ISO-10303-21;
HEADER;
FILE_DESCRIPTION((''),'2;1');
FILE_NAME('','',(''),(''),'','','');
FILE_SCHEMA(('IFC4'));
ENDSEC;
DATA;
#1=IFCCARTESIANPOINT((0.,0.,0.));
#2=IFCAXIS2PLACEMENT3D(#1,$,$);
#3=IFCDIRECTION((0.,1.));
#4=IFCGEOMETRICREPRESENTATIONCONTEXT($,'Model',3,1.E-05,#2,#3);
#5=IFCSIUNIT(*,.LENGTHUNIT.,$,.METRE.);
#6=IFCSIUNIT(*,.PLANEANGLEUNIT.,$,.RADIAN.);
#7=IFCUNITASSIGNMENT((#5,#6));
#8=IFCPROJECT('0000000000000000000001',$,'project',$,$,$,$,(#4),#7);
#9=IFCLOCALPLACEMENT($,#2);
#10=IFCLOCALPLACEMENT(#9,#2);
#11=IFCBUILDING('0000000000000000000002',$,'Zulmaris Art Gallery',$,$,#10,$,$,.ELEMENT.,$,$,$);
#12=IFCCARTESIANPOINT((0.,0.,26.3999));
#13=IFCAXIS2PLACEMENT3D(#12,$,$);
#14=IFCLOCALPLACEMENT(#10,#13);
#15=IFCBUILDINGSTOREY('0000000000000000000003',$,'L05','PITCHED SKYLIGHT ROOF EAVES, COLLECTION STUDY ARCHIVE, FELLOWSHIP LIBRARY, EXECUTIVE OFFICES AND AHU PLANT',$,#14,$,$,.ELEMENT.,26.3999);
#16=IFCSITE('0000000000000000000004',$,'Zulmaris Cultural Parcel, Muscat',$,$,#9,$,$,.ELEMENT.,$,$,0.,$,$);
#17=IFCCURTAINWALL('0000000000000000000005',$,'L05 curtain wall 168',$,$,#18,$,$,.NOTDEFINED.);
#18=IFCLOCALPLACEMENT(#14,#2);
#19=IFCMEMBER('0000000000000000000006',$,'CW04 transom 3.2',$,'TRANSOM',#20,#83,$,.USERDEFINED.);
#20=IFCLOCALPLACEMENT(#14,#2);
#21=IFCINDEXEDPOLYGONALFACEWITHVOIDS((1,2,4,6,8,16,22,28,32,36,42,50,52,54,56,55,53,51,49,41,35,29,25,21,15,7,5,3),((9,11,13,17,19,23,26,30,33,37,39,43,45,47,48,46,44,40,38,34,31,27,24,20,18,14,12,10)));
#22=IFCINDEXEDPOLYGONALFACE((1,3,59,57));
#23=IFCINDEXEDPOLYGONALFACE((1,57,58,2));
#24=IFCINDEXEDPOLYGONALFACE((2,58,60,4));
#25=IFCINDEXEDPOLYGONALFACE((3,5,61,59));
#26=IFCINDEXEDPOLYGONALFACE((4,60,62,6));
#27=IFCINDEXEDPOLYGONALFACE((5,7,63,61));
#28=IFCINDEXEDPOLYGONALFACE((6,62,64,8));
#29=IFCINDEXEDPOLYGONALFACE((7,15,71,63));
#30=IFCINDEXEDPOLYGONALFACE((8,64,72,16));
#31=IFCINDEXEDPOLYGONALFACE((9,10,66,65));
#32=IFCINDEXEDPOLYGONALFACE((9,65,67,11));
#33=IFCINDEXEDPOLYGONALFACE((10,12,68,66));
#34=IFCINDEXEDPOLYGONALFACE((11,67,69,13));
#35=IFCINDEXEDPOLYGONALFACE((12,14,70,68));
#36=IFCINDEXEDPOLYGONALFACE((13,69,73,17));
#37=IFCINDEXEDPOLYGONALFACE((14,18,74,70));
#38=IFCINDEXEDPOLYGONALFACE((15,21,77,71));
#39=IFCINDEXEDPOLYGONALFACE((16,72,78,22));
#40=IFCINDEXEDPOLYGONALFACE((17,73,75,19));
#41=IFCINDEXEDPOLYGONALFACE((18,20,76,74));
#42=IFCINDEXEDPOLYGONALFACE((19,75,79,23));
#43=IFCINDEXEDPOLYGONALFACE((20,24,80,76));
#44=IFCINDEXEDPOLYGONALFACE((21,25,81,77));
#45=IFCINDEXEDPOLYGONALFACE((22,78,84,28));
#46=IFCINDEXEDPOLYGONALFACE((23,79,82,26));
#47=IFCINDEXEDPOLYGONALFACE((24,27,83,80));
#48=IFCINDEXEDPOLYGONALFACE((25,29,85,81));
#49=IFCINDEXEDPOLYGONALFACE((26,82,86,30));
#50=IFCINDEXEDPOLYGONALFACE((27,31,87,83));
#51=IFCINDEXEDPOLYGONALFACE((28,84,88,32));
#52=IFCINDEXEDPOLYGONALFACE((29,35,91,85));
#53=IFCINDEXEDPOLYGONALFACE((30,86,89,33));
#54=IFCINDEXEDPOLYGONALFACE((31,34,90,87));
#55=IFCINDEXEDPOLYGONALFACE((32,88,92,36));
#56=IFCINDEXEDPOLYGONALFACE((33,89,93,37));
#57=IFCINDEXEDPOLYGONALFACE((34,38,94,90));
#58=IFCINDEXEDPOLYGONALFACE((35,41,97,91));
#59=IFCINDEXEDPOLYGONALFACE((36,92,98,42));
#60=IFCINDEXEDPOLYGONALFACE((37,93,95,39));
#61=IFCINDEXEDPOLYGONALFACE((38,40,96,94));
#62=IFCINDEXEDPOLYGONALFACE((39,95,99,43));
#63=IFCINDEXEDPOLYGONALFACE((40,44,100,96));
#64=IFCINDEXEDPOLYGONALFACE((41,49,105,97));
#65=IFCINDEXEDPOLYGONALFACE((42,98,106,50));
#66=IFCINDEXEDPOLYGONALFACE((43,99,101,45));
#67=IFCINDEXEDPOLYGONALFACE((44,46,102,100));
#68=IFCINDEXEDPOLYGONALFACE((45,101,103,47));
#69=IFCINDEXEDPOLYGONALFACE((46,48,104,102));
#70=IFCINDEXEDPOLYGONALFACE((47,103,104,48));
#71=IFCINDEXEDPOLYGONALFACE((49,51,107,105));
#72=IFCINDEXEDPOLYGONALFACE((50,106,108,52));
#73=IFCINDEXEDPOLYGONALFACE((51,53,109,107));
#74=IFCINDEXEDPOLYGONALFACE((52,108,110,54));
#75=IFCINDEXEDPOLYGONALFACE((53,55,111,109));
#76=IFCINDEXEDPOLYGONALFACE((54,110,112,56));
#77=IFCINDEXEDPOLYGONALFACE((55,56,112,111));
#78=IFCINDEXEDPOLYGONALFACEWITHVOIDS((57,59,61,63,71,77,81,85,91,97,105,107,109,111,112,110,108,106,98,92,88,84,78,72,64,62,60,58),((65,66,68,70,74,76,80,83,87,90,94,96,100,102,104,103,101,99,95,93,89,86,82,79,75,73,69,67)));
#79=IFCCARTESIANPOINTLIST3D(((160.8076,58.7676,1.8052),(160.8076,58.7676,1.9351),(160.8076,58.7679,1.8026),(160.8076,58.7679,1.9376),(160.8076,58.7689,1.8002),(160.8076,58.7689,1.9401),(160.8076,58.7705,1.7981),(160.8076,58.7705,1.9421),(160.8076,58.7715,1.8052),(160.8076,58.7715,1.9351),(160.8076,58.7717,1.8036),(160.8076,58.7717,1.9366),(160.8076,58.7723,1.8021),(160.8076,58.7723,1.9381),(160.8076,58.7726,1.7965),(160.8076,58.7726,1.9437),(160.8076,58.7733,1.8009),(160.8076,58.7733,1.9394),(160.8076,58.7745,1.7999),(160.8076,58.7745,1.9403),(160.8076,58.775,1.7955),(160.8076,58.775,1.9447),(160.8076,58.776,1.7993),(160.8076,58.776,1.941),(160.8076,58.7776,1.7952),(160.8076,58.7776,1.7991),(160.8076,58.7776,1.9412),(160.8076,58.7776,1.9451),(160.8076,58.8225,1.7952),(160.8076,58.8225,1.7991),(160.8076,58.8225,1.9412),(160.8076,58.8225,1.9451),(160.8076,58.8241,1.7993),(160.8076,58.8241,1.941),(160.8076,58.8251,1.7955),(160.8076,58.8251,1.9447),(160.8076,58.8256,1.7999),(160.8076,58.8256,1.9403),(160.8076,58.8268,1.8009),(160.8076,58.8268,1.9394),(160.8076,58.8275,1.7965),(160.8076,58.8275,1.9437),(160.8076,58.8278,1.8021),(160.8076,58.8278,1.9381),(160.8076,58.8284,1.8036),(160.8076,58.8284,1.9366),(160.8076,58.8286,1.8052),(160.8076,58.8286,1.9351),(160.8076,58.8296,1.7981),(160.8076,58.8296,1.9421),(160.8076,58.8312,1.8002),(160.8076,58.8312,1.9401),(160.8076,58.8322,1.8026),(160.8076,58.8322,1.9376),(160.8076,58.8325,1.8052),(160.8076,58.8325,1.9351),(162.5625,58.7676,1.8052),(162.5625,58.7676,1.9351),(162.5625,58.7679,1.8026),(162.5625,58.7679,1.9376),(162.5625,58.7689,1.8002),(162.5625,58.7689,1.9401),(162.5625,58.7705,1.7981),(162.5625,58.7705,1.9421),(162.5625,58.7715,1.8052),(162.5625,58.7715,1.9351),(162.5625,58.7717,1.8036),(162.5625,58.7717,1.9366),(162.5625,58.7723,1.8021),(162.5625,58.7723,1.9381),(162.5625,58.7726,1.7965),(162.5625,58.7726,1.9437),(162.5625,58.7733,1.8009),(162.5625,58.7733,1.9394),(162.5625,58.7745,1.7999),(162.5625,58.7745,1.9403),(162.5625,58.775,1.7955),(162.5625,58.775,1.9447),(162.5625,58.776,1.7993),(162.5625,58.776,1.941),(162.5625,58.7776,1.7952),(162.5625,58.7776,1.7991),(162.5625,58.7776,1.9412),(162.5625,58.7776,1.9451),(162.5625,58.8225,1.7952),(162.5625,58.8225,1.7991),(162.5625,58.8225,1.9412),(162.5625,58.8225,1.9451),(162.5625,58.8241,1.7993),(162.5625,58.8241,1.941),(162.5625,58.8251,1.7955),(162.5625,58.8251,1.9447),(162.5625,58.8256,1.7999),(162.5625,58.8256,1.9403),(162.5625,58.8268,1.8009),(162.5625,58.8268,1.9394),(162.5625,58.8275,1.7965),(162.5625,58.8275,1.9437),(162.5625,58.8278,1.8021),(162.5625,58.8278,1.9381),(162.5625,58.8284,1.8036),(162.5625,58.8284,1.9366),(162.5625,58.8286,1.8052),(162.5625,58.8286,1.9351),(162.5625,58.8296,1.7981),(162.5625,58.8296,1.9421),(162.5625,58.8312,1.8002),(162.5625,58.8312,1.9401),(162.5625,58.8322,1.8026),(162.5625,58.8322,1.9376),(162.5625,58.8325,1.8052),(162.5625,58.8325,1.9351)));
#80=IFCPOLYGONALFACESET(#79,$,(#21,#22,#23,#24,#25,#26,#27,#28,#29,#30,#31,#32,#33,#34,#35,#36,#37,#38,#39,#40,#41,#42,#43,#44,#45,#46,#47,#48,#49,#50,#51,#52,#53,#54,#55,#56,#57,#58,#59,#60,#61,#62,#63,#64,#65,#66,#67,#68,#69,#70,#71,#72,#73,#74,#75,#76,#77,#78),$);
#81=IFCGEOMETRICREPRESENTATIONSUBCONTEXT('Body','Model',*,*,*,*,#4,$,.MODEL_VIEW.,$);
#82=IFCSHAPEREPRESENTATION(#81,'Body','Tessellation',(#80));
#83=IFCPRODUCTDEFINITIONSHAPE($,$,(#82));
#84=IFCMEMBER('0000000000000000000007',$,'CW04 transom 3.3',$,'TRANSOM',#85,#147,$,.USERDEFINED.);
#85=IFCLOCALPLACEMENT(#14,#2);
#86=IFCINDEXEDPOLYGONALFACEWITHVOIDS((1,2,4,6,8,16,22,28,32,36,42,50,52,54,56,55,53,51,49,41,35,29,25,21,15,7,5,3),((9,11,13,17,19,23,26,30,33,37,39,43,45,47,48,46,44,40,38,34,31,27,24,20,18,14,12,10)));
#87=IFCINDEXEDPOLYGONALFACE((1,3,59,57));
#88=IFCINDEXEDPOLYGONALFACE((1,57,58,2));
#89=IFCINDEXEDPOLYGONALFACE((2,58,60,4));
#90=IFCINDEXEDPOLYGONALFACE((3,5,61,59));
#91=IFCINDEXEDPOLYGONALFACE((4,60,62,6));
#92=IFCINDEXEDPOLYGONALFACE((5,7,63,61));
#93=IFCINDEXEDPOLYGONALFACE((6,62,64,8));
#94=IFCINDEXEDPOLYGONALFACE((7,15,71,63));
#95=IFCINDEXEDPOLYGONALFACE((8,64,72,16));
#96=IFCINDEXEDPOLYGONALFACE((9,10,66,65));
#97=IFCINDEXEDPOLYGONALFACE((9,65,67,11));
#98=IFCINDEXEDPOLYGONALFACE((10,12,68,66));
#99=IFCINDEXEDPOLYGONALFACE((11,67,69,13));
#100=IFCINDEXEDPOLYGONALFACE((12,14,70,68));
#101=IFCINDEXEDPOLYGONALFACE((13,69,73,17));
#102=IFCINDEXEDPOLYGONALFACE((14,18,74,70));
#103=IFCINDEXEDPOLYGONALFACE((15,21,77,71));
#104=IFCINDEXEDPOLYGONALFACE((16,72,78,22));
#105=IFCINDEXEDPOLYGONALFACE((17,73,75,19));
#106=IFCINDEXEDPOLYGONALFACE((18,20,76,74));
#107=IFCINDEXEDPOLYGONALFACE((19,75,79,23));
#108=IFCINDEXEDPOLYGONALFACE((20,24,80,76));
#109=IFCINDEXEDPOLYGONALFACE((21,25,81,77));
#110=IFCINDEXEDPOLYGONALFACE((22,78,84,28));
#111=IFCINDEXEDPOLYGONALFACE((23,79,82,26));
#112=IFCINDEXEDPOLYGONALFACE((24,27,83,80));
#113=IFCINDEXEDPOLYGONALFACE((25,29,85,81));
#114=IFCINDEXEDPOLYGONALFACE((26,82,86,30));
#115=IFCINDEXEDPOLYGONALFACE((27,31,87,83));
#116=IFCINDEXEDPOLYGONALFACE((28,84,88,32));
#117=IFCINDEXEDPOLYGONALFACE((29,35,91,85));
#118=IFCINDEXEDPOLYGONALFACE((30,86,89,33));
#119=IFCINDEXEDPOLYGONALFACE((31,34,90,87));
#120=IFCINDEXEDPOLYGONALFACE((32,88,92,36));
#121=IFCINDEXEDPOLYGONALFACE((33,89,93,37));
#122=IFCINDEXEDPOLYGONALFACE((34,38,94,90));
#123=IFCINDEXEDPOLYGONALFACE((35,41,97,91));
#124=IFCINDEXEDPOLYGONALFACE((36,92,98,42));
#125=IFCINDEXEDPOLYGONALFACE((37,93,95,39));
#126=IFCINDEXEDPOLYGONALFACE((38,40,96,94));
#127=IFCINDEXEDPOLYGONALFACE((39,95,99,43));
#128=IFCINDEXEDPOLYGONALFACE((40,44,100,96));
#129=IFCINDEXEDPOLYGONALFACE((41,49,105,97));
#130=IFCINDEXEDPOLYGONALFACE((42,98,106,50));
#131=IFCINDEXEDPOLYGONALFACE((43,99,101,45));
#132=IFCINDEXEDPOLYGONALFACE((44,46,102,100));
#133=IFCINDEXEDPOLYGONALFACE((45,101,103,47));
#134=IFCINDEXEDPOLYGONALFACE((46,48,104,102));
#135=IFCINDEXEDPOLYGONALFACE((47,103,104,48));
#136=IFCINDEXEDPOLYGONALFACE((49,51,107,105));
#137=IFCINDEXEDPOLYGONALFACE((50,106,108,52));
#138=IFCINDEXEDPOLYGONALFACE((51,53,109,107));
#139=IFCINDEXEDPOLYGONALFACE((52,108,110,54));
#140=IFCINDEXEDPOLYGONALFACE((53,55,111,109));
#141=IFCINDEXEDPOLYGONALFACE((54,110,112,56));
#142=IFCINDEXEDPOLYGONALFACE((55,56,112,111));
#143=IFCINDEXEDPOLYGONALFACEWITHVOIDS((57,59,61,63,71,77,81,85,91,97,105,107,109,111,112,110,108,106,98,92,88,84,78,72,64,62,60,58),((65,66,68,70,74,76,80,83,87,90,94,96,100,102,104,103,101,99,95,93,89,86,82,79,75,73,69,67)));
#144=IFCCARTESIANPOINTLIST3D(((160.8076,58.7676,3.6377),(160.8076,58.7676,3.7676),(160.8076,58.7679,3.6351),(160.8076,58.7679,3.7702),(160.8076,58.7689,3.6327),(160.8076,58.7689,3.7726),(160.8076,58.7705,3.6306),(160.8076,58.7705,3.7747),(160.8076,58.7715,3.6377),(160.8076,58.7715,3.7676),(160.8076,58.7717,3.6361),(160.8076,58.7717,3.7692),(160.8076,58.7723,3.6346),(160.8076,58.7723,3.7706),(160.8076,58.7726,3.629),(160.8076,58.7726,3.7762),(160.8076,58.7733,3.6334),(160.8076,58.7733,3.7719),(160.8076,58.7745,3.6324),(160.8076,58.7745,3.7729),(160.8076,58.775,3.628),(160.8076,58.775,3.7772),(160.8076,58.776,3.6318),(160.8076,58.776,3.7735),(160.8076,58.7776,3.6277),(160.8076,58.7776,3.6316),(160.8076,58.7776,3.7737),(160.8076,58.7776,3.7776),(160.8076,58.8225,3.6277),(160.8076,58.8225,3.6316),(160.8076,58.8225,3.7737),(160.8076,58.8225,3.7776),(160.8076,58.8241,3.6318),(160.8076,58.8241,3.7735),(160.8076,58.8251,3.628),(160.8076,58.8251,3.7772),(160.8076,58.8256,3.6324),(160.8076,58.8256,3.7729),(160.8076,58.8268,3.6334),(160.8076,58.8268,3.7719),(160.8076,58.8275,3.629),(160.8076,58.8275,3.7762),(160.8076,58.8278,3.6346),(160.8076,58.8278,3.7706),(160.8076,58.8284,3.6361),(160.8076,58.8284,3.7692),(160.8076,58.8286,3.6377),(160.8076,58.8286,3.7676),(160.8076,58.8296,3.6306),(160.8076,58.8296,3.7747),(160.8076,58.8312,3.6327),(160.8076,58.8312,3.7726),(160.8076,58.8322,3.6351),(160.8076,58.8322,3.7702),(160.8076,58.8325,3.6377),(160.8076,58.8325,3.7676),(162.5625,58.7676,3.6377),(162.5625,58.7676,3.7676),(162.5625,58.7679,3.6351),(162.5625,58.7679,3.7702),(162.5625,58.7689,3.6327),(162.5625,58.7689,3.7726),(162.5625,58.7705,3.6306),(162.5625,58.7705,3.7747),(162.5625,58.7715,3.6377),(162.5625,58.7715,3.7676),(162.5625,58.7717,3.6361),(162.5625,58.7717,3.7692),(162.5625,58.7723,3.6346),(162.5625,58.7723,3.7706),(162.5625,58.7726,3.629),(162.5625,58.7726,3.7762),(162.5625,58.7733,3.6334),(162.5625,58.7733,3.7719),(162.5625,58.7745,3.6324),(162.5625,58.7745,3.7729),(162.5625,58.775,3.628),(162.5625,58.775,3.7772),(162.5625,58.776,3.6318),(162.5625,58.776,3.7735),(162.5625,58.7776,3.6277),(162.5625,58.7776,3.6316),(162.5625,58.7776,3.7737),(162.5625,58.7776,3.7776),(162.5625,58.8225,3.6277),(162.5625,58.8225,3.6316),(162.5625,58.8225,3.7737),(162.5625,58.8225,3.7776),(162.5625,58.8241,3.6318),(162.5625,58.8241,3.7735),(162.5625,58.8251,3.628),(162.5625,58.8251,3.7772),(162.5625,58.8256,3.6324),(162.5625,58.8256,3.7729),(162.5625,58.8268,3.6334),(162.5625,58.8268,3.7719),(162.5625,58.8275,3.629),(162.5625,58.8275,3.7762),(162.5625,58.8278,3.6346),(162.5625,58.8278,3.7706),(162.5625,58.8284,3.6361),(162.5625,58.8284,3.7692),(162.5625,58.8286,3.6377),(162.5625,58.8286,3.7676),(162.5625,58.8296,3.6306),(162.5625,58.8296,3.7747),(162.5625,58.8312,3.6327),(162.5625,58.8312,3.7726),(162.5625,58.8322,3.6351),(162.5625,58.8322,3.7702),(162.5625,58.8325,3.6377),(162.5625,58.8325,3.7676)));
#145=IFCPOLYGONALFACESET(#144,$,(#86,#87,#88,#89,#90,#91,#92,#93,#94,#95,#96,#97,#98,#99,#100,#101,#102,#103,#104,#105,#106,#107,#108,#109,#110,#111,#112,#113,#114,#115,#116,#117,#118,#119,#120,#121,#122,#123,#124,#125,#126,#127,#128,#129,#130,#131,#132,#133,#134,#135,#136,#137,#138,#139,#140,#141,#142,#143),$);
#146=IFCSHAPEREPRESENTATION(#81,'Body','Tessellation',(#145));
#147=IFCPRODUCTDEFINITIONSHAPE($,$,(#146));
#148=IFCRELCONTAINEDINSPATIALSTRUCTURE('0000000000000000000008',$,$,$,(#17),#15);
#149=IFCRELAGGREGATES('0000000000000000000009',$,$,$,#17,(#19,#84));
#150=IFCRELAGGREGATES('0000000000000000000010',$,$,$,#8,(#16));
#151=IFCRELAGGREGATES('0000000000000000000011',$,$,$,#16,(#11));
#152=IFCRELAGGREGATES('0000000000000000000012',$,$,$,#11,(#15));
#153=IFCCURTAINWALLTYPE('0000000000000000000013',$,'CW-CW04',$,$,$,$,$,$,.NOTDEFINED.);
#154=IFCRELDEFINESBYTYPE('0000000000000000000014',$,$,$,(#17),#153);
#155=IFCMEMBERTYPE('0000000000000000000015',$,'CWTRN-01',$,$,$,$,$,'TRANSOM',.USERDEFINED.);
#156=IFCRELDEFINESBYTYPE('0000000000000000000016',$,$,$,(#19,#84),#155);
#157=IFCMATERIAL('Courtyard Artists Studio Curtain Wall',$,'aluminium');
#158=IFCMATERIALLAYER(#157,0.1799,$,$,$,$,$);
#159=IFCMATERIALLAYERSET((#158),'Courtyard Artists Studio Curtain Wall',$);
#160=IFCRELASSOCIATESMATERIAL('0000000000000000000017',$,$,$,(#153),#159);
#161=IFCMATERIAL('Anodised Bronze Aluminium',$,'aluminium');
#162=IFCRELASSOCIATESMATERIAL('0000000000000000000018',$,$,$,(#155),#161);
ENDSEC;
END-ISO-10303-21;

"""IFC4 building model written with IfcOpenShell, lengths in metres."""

from ifc_helpers import new_model, si_unit, direction, frame, origin, origin_2d, place, context, subcontext, project, spatial, hollow_rectangle, extrude, material, layer, layer_set, material_profile, profile_set, type_object, element, aggregate, save


model = new_model("IFC4")

# Units and contexts
model_context = context("Model", 3, precision=1e-05, world=origin(), true_north=direction((0.0, 1.0)))
body_context = subcontext(model_context, "Body", "Model", "MODEL_VIEW")
ifc_project = project(units=[si_unit("LENGTHUNIT", "METRE"), si_unit("PLANEANGLEUNIT", "RADIAN")], contexts=[model_context])

# Site, building, storey
site_placement = place(None, origin())
site = spatial("IfcSite", under=ifc_project, at=site_placement, Name="Zulmaris Cultural Parcel, Muscat", CompositionType="ELEMENT", RefElevation=0.0)
building_placement = place(site_placement, origin())
building = spatial("IfcBuilding", under=site, at=building_placement, Name="Zulmaris Art Gallery", CompositionType="ELEMENT")
storey_placement = place(building_placement, frame((0.0, 0.0, 26.3999)))
storey = spatial("IfcBuildingStorey", under=building, at=storey_placement, Name="L05", Description="PITCHED SKYLIGHT ROOF EAVES, COLLECTION STUDY ARCHIVE, FELLOWSHIP LIBRARY, EXECUTIVE OFFICES AND AHU PLANT", CompositionType="ELEMENT", Elevation=26.3999)

# Curtain wall
ifc_material_1 = material(Name="Courtyard Artists Studio Curtain Wall", Category="aluminium")
ifc_layer_1 = layer(ifc_material_1, 0.1799)
ifc_layer_set_1 = layer_set([ifc_layer_1], Name="Courtyard Artists Studio Curtain Wall")
curtain_wall_type = type_object("IfcCurtainWallType", Name="CW-CW04", PredefinedType="NOTDEFINED", material=ifc_layer_set_1)
curtain_wall_1_placement = place(storey_placement, origin())
curtain_wall_1 = element("IfcCurtainWall", 1, at=curtain_wall_1_placement, inside=storey, type_object=curtain_wall_type, Name="L05 curtain wall 168", PredefinedType="NOTDEFINED")
ifc_material_2 = material(Name="Anodised Bronze Aluminium", Category="aluminium")

# Members
ifc_material_profile_1 = material_profile(ifc_material_2, hollow_rectangle(XDim=0.0649, YDim=0.1499, WallThickness=0.0039, InnerFilletRadius=0.0061, OuterFilletRadius=0.01, at=origin_2d()), Name="ALU 65x150x4")
ifc_profile_set_1 = profile_set([ifc_material_profile_1], Name="Anodised Bronze Aluminium")
member_type_1 = type_object("IfcMemberType", Name="CWTRN-01", ElementType="TRANSOM", PredefinedType="USERDEFINED", material=ifc_profile_set_1)
member_1_placement = place(storey_placement, frame((162.5625, 58.8, 1.8701), z_axis=(-1.0, 0.0, 0.0), x_axis=(0.0, -1.0, 0.0)))
member_1 = element("IfcMember", 2, at=member_1_placement, type_object=member_type_1, Name="CW04 transom 3.2", ObjectType="TRANSOM", PredefinedType="USERDEFINED", context=body_context, shape_type="SweptSolid", body=[
    extrude(hollow_rectangle(XDim=0.0649, YDim=0.1499, WallThickness=0.0039, InnerFilletRadius=0.0061, OuterFilletRadius=0.01, at=origin_2d()), origin(), (0.0, 0.0, 1.0), 1.7549),
])
member_2_placement = place(storey_placement, frame((162.5625, 58.8, 3.7026), z_axis=(-1.0, 0.0, 0.0), x_axis=(0.0, -1.0, 0.0)))
member_2 = element("IfcMember", 3, at=member_2_placement, type_object=member_type_1, Name="CW04 transom 3.3", ObjectType="TRANSOM", PredefinedType="USERDEFINED", context=body_context, shape_type="SweptSolid", body=[
    extrude(hollow_rectangle(XDim=0.0649, YDim=0.1499, WallThickness=0.0039, InnerFilletRadius=0.0061, OuterFilletRadius=0.01, at=origin_2d()), origin(), (0.0, 0.0, 1.0), 1.7549),
])

aggregate(curtain_wall_1, [member_1, member_2])

save(model, "model.ifc")
